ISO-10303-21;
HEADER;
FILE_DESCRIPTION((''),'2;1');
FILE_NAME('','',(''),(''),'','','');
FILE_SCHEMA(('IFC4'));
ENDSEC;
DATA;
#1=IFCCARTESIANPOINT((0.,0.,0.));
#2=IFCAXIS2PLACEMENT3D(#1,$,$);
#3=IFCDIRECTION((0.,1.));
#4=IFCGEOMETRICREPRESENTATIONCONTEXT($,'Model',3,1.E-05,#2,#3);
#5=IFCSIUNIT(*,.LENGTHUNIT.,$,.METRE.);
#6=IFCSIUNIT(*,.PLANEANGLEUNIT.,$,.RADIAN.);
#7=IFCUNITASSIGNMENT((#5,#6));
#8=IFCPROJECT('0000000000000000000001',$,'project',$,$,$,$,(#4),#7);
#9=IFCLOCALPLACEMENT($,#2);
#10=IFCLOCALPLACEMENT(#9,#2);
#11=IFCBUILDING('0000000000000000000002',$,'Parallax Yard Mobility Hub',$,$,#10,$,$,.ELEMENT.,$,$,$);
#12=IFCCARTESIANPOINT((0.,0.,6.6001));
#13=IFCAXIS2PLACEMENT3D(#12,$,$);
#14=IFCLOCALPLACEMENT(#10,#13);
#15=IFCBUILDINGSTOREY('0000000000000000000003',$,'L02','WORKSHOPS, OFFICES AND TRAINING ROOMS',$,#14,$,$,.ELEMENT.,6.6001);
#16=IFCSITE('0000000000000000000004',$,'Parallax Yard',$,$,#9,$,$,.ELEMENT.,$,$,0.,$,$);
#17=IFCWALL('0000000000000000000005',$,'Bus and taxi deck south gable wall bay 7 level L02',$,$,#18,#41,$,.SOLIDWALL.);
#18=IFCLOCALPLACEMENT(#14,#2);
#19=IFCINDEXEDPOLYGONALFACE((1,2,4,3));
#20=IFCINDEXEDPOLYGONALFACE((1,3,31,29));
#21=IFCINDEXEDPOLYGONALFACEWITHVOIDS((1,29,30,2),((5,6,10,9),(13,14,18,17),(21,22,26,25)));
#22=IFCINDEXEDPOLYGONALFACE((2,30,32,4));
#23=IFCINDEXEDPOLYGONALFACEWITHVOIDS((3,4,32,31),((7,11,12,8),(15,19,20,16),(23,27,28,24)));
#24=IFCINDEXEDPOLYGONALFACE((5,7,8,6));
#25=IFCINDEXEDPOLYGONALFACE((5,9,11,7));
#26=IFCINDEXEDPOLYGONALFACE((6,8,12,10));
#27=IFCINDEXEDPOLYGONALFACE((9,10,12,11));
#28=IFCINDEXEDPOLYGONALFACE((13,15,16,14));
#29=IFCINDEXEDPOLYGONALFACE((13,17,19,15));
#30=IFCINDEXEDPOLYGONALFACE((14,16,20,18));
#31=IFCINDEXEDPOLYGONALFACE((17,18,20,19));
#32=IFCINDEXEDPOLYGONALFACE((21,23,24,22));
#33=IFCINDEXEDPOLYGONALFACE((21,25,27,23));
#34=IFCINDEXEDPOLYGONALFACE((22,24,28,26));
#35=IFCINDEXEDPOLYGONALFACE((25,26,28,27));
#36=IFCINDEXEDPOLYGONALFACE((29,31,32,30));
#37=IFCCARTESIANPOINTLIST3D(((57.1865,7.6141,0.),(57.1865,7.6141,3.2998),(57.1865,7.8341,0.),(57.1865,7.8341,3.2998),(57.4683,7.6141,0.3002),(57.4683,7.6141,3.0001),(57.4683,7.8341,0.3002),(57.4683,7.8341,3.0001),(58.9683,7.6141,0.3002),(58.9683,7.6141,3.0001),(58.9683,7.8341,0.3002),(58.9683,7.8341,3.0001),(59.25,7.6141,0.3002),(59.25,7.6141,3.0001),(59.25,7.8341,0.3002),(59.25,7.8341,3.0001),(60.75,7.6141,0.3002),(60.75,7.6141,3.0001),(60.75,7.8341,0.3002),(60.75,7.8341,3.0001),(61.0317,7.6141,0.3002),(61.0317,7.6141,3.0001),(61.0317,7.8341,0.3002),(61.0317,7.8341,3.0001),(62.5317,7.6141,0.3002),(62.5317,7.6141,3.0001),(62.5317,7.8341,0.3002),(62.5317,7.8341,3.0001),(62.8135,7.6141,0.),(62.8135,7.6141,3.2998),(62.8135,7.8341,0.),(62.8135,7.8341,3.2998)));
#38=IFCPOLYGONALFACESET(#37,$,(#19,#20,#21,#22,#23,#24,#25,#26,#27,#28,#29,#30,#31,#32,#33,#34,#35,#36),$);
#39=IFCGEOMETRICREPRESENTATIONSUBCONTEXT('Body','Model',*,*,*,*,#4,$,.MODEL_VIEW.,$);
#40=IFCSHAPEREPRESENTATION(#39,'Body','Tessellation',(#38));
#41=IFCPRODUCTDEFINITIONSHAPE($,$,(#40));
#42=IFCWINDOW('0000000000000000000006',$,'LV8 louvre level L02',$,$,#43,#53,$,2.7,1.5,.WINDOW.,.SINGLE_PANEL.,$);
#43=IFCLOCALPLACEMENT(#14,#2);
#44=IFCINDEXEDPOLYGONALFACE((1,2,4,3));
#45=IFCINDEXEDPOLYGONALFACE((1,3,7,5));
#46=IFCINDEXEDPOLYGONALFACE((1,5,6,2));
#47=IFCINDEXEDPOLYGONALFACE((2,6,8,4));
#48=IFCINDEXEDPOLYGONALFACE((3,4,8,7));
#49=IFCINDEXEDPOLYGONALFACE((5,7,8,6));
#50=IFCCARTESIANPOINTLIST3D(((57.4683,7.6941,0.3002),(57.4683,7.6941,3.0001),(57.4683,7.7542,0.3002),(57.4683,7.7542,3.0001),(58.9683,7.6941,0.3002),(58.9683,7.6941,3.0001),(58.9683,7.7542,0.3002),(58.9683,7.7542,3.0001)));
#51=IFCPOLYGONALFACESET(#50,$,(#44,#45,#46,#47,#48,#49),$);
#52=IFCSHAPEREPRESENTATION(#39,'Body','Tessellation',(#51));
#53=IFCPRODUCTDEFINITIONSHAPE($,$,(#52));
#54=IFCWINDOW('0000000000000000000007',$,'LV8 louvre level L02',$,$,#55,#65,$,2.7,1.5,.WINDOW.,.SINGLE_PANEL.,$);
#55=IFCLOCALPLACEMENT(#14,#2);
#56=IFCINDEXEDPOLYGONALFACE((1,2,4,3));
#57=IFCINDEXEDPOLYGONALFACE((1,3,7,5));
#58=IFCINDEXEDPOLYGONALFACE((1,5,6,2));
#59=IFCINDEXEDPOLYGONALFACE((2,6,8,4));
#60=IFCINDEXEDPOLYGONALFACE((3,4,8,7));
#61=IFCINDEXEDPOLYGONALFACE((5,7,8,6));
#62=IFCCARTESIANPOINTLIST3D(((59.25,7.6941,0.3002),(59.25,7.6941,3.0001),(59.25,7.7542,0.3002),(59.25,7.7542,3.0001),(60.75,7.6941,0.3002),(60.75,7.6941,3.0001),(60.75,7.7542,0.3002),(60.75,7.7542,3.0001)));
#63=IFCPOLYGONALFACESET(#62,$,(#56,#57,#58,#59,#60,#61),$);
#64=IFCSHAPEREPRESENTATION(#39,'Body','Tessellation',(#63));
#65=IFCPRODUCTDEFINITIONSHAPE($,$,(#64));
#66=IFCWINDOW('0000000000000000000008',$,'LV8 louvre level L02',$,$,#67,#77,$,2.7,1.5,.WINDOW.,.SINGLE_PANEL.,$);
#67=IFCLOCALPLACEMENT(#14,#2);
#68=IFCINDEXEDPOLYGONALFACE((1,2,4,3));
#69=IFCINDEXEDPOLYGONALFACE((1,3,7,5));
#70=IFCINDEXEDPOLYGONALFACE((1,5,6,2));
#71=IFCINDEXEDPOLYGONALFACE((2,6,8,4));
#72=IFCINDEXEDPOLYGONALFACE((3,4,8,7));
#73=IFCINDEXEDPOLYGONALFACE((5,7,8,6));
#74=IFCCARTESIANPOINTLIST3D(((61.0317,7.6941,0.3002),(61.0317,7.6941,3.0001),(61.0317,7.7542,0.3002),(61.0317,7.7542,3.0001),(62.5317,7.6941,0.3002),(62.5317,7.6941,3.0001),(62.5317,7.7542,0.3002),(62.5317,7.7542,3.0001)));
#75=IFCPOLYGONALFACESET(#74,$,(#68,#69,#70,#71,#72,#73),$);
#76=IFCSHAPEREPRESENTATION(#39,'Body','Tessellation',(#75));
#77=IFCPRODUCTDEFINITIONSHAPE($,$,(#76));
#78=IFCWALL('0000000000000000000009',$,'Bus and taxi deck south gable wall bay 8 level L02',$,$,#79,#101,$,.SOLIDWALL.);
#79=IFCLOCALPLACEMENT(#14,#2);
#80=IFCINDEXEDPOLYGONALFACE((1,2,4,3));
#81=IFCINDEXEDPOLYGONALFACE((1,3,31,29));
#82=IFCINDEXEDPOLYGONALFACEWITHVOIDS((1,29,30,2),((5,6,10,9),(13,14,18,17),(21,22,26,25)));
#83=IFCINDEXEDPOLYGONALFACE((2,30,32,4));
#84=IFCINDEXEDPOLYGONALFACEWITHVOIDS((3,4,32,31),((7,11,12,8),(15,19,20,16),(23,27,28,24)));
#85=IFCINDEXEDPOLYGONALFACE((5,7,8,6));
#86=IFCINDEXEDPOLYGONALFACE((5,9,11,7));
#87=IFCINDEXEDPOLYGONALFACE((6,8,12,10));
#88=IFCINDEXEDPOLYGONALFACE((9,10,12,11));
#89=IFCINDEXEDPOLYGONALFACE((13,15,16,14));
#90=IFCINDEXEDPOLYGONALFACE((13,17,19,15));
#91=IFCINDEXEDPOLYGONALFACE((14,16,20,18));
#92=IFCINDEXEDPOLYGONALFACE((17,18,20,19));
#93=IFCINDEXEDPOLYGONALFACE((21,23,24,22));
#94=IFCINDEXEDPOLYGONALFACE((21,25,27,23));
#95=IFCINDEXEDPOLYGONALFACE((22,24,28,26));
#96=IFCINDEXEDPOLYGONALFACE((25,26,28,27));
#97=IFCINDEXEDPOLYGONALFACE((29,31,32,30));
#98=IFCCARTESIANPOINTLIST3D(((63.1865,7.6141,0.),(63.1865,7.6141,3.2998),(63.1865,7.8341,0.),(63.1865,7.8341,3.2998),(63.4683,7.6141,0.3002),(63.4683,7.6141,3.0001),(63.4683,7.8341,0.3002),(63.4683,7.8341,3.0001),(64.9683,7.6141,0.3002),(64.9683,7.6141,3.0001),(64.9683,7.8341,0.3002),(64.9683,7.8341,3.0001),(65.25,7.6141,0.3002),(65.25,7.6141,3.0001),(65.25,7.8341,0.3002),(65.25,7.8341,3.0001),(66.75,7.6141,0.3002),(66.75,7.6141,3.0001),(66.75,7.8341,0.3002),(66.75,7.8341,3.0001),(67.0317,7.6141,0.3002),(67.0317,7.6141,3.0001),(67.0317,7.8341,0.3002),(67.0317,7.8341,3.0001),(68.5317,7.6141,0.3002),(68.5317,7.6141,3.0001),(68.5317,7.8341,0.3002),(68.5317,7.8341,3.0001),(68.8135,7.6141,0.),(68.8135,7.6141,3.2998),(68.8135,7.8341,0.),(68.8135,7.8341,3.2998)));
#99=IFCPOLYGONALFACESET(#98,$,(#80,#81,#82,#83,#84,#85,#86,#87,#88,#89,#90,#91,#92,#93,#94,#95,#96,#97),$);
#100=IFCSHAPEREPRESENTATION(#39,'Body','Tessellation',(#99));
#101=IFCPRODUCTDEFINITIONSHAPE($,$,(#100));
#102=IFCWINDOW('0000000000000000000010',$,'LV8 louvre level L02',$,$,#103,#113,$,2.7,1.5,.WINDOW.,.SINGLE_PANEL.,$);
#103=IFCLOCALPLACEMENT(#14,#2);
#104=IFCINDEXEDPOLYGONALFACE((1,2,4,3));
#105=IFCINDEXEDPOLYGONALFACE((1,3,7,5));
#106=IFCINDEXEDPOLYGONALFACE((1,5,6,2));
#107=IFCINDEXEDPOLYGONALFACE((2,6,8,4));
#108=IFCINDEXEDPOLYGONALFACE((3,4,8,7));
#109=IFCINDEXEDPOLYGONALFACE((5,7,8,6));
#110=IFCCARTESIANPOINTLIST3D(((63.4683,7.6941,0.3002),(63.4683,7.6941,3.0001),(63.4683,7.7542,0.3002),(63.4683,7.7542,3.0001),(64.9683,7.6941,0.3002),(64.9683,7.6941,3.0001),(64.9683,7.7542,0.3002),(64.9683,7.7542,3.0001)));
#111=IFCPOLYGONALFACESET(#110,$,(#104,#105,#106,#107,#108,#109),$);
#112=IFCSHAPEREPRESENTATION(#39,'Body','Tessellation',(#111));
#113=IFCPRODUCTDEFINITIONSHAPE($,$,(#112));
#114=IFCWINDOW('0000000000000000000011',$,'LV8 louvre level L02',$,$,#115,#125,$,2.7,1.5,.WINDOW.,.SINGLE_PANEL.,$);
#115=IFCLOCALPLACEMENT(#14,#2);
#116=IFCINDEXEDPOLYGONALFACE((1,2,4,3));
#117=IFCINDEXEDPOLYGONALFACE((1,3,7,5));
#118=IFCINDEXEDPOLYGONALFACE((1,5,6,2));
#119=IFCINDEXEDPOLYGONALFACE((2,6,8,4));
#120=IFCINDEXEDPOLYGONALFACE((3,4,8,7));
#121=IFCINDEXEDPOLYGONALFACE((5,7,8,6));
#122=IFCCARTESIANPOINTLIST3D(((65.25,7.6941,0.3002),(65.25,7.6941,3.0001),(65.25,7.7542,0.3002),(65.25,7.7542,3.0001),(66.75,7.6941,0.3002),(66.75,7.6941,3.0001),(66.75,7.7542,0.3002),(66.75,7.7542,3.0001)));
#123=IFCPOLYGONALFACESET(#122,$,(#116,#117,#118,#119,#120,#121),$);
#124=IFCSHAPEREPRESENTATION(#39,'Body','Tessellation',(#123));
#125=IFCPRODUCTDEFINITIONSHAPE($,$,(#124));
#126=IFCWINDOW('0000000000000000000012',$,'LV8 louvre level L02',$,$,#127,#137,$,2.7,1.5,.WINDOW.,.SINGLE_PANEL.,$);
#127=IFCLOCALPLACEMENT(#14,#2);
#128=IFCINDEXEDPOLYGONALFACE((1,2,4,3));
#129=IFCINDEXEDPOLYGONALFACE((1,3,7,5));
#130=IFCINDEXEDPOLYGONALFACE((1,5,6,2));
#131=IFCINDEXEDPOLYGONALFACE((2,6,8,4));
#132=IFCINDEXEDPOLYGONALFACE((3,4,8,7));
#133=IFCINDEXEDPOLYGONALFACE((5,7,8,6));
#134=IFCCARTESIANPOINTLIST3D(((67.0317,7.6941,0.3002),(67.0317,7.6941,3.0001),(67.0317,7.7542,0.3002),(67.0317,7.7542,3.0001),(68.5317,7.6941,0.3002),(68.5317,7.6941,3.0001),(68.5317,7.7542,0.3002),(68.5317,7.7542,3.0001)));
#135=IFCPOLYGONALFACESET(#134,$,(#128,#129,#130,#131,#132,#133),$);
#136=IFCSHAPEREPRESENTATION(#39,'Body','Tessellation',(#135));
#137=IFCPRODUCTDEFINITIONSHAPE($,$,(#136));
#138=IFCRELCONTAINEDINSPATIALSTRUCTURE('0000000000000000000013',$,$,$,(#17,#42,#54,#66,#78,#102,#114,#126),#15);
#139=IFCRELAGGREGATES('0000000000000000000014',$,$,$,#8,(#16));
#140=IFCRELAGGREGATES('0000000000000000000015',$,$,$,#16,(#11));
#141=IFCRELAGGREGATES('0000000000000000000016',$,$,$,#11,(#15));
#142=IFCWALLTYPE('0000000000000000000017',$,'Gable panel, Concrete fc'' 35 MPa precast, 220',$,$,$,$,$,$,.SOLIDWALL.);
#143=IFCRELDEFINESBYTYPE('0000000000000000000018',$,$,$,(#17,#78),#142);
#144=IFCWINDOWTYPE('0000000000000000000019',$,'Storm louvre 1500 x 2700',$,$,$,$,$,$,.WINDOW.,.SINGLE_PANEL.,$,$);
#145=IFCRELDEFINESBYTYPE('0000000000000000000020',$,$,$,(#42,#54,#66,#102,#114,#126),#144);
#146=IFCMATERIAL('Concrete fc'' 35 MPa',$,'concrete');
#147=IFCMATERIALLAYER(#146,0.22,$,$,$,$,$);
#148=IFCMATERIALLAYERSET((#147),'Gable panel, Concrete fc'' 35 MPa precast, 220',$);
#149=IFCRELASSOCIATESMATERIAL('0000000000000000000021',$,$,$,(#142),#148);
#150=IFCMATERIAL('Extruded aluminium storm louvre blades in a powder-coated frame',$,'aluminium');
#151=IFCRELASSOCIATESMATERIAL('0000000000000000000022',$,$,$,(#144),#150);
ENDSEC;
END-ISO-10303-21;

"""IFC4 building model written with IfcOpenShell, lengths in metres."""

from ifc_helpers import new_model, si_unit, direction, frame, frame_2d, origin, place, context, subcontext, project, spatial, rectangle, extrude, material, layer, layer_set, type_object, element, fill, save


model = new_model("IFC4")

# Units and contexts
model_context = context("Model", 3, precision=1e-05, world=origin(), true_north=direction((0.0, 1.0)))
body_context = subcontext(model_context, "Body", "Model", "MODEL_VIEW")
ifc_project = project(units=[si_unit("LENGTHUNIT", "METRE"), si_unit("PLANEANGLEUNIT", "RADIAN")], contexts=[model_context])

# Site, building, storey
site_placement = place(None, origin())
site = spatial("IfcSite", under=ifc_project, at=site_placement, Name="Parallax Yard", CompositionType="ELEMENT", RefElevation=0.0)
building_placement = place(site_placement, origin())
building = spatial("IfcBuilding", under=site, at=building_placement, Name="Parallax Yard Mobility Hub", CompositionType="ELEMENT")
storey_placement = place(building_placement, frame((0.0, 0.0, 6.6001)))
storey = spatial("IfcBuildingStorey", under=building, at=storey_placement, Name="L02", Description="WORKSHOPS, OFFICES AND TRAINING ROOMS", CompositionType="ELEMENT", Elevation=6.6001)

# Shared definitions
ifc_material_1 = material(Name="Concrete fc' 35 MPa", Category="concrete")

# Walls, openings, windows
ifc_layer_1 = layer(ifc_material_1, 0.22)
ifc_layer_set_1 = layer_set([ifc_layer_1], Name="Gable panel, Concrete fc' 35 MPa precast, 220")
wall_type = type_object("IfcWallType", Name="Gable panel, Concrete fc' 35 MPa precast, 220", PredefinedType="SOLIDWALL", material=ifc_layer_set_1)
wall_1_placement = place(storey_placement, frame((57.1865, 7.7241, 0.0), z_axis=(0.0, 0.0, 1.0), x_axis=(1.0, 0.0, 0.0)))
wall_1 = element("IfcWall", 1, at=wall_1_placement, inside=storey, type_object=wall_type, Name="Bus and taxi deck south gable wall bay 7 level L02", PredefinedType="SOLIDWALL", context=body_context, shape_type="SweptSolid", body=[
    extrude(rectangle(XDim=5.627, YDim=0.22, at=frame_2d((2.8135, 0.0))), origin(), (0.0, 0.0, 1.0), 3.2998),
])
opening_1_placement = place(wall_1_placement, frame((0.2817, 0.0, 0.3)))
opening_1 = element("IfcOpeningElement", 2, at=opening_1_placement, cuts=wall_1, PredefinedType="OPENING", context=body_context, shape_type="SweptSolid", body=[
    extrude(rectangle(XDim=1.5, YDim=2.7, at=frame_2d((0.75, 1.3501))), frame((0.0, 0.1201, 0.0), z_axis=(0.0, -1.0, 0.0), x_axis=(1.0, 0.0, 0.0)), (0.0, 0.0, 1.0), 0.24),
])
opening_2_placement = place(wall_1_placement, frame((2.0635, 0.0, 0.3)))
opening_2 = element("IfcOpeningElement", 3, at=opening_2_placement, cuts=wall_1, PredefinedType="OPENING", context=body_context, shape_type="SweptSolid", body=[
    extrude(rectangle(XDim=1.5, YDim=2.7, at=frame_2d((0.75, 1.3501))), frame((0.0, 0.1201, 0.0), z_axis=(0.0, -1.0, 0.0), x_axis=(1.0, 0.0, 0.0)), (0.0, 0.0, 1.0), 0.24),
])
opening_3_placement = place(wall_1_placement, frame((3.8452, 0.0, 0.3)))
opening_3 = element("IfcOpeningElement", 4, at=opening_3_placement, cuts=wall_1, PredefinedType="OPENING", context=body_context, shape_type="SweptSolid", body=[
    extrude(rectangle(XDim=1.5, YDim=2.7, at=frame_2d((0.75, 1.3501))), frame((0.0, 0.1201, 0.0), z_axis=(0.0, -1.0, 0.0), x_axis=(1.0, 0.0, 0.0)), (0.0, 0.0, 1.0), 0.24),
])
ifc_material_2 = material(Name="Extruded aluminium storm louvre blades in a powder-coated frame", Category="aluminium")
window_type = type_object("IfcWindowType", Name="Storm louvre 1500 x 2700", PartitioningType="SINGLE_PANEL", PredefinedType="WINDOW", material=ifc_material_2)
window_1_placement = place(opening_1_placement, origin())
window_1 = element("IfcWindow", 5, at=window_1_placement, inside=storey, type_object=window_type, Name="LV8 louvre level L02", OverallHeight=2.7, OverallWidth=1.5, PartitioningType="SINGLE_PANEL", PredefinedType="WINDOW", context=body_context, shape_type="SweptSolid", body=[
    extrude(rectangle(XDim=1.5, YDim=2.7, at=frame_2d((0.75, 1.3501))), frame((0.0, 0.03, 0.0), z_axis=(0.0, -1.0, 0.0), x_axis=(1.0, 0.0, 0.0)), (0.0, 0.0, 1.0), 0.0601),
])
fill(opening_1, window_1)
window_2_placement = place(opening_2_placement, origin())
window_2 = element("IfcWindow", 6, at=window_2_placement, inside=storey, type_object=window_type, Name="LV8 louvre level L02", OverallHeight=2.7, OverallWidth=1.5, PartitioningType="SINGLE_PANEL", PredefinedType="WINDOW", context=body_context, shape_type="SweptSolid", body=[
    extrude(rectangle(XDim=1.5, YDim=2.7, at=frame_2d((0.75, 1.3501))), frame((0.0, 0.03, 0.0), z_axis=(0.0, -1.0, 0.0), x_axis=(1.0, 0.0, 0.0)), (0.0, 0.0, 1.0), 0.0601),
])
fill(opening_2, window_2)
window_3_placement = place(opening_3_placement, origin())
window_3 = element("IfcWindow", 7, at=window_3_placement, inside=storey, type_object=window_type, Name="LV8 louvre level L02", OverallHeight=2.7, OverallWidth=1.5, PartitioningType="SINGLE_PANEL", PredefinedType="WINDOW", context=body_context, shape_type="SweptSolid", body=[
    extrude(rectangle(XDim=1.5, YDim=2.7, at=frame_2d((0.75, 1.3501))), frame((0.0, 0.03, 0.0), z_axis=(0.0, -1.0, 0.0), x_axis=(1.0, 0.0, 0.0)), (0.0, 0.0, 1.0), 0.0601),
])
fill(opening_3, window_3)
wall_2_placement = place(storey_placement, frame((63.1865, 7.7241, 0.0), z_axis=(0.0, 0.0, 1.0), x_axis=(1.0, 0.0, 0.0)))
wall_2 = element("IfcWall", 8, at=wall_2_placement, inside=storey, type_object=wall_type, Name="Bus and taxi deck south gable wall bay 8 level L02", PredefinedType="SOLIDWALL", context=body_context, shape_type="SweptSolid", body=[
    extrude(rectangle(XDim=5.627, YDim=0.22, at=frame_2d((2.8135, 0.0))), origin(), (0.0, 0.0, 1.0), 3.2998),
])
opening_4_placement = place(wall_2_placement, frame((0.2817, 0.0, 0.3)))
opening_4 = element("IfcOpeningElement", 9, at=opening_4_placement, cuts=wall_2, PredefinedType="OPENING", context=body_context, shape_type="SweptSolid", body=[
    extrude(rectangle(XDim=1.5, YDim=2.7, at=frame_2d((0.75, 1.3501))), frame((0.0, 0.1201, 0.0), z_axis=(0.0, -1.0, 0.0), x_axis=(1.0, 0.0, 0.0)), (0.0, 0.0, 1.0), 0.24),
])
opening_5_placement = place(wall_2_placement, frame((2.0635, 0.0, 0.3)))
opening_5 = element("IfcOpeningElement", 10, at=opening_5_placement, cuts=wall_2, PredefinedType="OPENING", context=body_context, shape_type="SweptSolid", body=[
    extrude(rectangle(XDim=1.5, YDim=2.7, at=frame_2d((0.75, 1.3501))), frame((0.0, 0.1201, 0.0), z_axis=(0.0, -1.0, 0.0), x_axis=(1.0, 0.0, 0.0)), (0.0, 0.0, 1.0), 0.24),
])
opening_6_placement = place(wall_2_placement, frame((3.8452, 0.0, 0.3)))
opening_6 = element("IfcOpeningElement", 11, at=opening_6_placement, cuts=wall_2, PredefinedType="OPENING", context=body_context, shape_type="SweptSolid", body=[
    extrude(rectangle(XDim=1.5, YDim=2.7, at=frame_2d((0.75, 1.3501))), frame((0.0, 0.1201, 0.0), z_axis=(0.0, -1.0, 0.0), x_axis=(1.0, 0.0, 0.0)), (0.0, 0.0, 1.0), 0.24),
])
window_4_placement = place(opening_4_placement, origin())
window_4 = element("IfcWindow", 12, at=window_4_placement, inside=storey, type_object=window_type, Name="LV8 louvre level L02", OverallHeight=2.7, OverallWidth=1.5, PartitioningType="SINGLE_PANEL", PredefinedType="WINDOW", context=body_context, shape_type="SweptSolid", body=[
    extrude(rectangle(XDim=1.5, YDim=2.7, at=frame_2d((0.75, 1.3501))), frame((0.0, 0.03, 0.0), z_axis=(0.0, -1.0, 0.0), x_axis=(1.0, 0.0, 0.0)), (0.0, 0.0, 1.0), 0.0601),
])
fill(opening_4, window_4)
window_5_placement = place(opening_5_placement, origin())
window_5 = element("IfcWindow", 13, at=window_5_placement, inside=storey, type_object=window_type, Name="LV8 louvre level L02", OverallHeight=2.7, OverallWidth=1.5, PartitioningType="SINGLE_PANEL", PredefinedType="WINDOW", context=body_context, shape_type="SweptSolid", body=[
    extrude(rectangle(XDim=1.5, YDim=2.7, at=frame_2d((0.75, 1.3501))), frame((0.0, 0.03, 0.0), z_axis=(0.0, -1.0, 0.0), x_axis=(1.0, 0.0, 0.0)), (0.0, 0.0, 1.0), 0.0601),
])
fill(opening_5, window_5)
window_6_placement = place(opening_6_placement, origin())
window_6 = element("IfcWindow", 14, at=window_6_placement, inside=storey, type_object=window_type, Name="LV8 louvre level L02", OverallHeight=2.7, OverallWidth=1.5, PartitioningType="SINGLE_PANEL", PredefinedType="WINDOW", context=body_context, shape_type="SweptSolid", body=[
    extrude(rectangle(XDim=1.5, YDim=2.7, at=frame_2d((0.75, 1.3501))), frame((0.0, 0.03, 0.0), z_axis=(0.0, -1.0, 0.0), x_axis=(1.0, 0.0, 0.0)), (0.0, 0.0, 1.0), 0.0601),
])
fill(opening_6, window_6)

save(model, "model.ifc")
